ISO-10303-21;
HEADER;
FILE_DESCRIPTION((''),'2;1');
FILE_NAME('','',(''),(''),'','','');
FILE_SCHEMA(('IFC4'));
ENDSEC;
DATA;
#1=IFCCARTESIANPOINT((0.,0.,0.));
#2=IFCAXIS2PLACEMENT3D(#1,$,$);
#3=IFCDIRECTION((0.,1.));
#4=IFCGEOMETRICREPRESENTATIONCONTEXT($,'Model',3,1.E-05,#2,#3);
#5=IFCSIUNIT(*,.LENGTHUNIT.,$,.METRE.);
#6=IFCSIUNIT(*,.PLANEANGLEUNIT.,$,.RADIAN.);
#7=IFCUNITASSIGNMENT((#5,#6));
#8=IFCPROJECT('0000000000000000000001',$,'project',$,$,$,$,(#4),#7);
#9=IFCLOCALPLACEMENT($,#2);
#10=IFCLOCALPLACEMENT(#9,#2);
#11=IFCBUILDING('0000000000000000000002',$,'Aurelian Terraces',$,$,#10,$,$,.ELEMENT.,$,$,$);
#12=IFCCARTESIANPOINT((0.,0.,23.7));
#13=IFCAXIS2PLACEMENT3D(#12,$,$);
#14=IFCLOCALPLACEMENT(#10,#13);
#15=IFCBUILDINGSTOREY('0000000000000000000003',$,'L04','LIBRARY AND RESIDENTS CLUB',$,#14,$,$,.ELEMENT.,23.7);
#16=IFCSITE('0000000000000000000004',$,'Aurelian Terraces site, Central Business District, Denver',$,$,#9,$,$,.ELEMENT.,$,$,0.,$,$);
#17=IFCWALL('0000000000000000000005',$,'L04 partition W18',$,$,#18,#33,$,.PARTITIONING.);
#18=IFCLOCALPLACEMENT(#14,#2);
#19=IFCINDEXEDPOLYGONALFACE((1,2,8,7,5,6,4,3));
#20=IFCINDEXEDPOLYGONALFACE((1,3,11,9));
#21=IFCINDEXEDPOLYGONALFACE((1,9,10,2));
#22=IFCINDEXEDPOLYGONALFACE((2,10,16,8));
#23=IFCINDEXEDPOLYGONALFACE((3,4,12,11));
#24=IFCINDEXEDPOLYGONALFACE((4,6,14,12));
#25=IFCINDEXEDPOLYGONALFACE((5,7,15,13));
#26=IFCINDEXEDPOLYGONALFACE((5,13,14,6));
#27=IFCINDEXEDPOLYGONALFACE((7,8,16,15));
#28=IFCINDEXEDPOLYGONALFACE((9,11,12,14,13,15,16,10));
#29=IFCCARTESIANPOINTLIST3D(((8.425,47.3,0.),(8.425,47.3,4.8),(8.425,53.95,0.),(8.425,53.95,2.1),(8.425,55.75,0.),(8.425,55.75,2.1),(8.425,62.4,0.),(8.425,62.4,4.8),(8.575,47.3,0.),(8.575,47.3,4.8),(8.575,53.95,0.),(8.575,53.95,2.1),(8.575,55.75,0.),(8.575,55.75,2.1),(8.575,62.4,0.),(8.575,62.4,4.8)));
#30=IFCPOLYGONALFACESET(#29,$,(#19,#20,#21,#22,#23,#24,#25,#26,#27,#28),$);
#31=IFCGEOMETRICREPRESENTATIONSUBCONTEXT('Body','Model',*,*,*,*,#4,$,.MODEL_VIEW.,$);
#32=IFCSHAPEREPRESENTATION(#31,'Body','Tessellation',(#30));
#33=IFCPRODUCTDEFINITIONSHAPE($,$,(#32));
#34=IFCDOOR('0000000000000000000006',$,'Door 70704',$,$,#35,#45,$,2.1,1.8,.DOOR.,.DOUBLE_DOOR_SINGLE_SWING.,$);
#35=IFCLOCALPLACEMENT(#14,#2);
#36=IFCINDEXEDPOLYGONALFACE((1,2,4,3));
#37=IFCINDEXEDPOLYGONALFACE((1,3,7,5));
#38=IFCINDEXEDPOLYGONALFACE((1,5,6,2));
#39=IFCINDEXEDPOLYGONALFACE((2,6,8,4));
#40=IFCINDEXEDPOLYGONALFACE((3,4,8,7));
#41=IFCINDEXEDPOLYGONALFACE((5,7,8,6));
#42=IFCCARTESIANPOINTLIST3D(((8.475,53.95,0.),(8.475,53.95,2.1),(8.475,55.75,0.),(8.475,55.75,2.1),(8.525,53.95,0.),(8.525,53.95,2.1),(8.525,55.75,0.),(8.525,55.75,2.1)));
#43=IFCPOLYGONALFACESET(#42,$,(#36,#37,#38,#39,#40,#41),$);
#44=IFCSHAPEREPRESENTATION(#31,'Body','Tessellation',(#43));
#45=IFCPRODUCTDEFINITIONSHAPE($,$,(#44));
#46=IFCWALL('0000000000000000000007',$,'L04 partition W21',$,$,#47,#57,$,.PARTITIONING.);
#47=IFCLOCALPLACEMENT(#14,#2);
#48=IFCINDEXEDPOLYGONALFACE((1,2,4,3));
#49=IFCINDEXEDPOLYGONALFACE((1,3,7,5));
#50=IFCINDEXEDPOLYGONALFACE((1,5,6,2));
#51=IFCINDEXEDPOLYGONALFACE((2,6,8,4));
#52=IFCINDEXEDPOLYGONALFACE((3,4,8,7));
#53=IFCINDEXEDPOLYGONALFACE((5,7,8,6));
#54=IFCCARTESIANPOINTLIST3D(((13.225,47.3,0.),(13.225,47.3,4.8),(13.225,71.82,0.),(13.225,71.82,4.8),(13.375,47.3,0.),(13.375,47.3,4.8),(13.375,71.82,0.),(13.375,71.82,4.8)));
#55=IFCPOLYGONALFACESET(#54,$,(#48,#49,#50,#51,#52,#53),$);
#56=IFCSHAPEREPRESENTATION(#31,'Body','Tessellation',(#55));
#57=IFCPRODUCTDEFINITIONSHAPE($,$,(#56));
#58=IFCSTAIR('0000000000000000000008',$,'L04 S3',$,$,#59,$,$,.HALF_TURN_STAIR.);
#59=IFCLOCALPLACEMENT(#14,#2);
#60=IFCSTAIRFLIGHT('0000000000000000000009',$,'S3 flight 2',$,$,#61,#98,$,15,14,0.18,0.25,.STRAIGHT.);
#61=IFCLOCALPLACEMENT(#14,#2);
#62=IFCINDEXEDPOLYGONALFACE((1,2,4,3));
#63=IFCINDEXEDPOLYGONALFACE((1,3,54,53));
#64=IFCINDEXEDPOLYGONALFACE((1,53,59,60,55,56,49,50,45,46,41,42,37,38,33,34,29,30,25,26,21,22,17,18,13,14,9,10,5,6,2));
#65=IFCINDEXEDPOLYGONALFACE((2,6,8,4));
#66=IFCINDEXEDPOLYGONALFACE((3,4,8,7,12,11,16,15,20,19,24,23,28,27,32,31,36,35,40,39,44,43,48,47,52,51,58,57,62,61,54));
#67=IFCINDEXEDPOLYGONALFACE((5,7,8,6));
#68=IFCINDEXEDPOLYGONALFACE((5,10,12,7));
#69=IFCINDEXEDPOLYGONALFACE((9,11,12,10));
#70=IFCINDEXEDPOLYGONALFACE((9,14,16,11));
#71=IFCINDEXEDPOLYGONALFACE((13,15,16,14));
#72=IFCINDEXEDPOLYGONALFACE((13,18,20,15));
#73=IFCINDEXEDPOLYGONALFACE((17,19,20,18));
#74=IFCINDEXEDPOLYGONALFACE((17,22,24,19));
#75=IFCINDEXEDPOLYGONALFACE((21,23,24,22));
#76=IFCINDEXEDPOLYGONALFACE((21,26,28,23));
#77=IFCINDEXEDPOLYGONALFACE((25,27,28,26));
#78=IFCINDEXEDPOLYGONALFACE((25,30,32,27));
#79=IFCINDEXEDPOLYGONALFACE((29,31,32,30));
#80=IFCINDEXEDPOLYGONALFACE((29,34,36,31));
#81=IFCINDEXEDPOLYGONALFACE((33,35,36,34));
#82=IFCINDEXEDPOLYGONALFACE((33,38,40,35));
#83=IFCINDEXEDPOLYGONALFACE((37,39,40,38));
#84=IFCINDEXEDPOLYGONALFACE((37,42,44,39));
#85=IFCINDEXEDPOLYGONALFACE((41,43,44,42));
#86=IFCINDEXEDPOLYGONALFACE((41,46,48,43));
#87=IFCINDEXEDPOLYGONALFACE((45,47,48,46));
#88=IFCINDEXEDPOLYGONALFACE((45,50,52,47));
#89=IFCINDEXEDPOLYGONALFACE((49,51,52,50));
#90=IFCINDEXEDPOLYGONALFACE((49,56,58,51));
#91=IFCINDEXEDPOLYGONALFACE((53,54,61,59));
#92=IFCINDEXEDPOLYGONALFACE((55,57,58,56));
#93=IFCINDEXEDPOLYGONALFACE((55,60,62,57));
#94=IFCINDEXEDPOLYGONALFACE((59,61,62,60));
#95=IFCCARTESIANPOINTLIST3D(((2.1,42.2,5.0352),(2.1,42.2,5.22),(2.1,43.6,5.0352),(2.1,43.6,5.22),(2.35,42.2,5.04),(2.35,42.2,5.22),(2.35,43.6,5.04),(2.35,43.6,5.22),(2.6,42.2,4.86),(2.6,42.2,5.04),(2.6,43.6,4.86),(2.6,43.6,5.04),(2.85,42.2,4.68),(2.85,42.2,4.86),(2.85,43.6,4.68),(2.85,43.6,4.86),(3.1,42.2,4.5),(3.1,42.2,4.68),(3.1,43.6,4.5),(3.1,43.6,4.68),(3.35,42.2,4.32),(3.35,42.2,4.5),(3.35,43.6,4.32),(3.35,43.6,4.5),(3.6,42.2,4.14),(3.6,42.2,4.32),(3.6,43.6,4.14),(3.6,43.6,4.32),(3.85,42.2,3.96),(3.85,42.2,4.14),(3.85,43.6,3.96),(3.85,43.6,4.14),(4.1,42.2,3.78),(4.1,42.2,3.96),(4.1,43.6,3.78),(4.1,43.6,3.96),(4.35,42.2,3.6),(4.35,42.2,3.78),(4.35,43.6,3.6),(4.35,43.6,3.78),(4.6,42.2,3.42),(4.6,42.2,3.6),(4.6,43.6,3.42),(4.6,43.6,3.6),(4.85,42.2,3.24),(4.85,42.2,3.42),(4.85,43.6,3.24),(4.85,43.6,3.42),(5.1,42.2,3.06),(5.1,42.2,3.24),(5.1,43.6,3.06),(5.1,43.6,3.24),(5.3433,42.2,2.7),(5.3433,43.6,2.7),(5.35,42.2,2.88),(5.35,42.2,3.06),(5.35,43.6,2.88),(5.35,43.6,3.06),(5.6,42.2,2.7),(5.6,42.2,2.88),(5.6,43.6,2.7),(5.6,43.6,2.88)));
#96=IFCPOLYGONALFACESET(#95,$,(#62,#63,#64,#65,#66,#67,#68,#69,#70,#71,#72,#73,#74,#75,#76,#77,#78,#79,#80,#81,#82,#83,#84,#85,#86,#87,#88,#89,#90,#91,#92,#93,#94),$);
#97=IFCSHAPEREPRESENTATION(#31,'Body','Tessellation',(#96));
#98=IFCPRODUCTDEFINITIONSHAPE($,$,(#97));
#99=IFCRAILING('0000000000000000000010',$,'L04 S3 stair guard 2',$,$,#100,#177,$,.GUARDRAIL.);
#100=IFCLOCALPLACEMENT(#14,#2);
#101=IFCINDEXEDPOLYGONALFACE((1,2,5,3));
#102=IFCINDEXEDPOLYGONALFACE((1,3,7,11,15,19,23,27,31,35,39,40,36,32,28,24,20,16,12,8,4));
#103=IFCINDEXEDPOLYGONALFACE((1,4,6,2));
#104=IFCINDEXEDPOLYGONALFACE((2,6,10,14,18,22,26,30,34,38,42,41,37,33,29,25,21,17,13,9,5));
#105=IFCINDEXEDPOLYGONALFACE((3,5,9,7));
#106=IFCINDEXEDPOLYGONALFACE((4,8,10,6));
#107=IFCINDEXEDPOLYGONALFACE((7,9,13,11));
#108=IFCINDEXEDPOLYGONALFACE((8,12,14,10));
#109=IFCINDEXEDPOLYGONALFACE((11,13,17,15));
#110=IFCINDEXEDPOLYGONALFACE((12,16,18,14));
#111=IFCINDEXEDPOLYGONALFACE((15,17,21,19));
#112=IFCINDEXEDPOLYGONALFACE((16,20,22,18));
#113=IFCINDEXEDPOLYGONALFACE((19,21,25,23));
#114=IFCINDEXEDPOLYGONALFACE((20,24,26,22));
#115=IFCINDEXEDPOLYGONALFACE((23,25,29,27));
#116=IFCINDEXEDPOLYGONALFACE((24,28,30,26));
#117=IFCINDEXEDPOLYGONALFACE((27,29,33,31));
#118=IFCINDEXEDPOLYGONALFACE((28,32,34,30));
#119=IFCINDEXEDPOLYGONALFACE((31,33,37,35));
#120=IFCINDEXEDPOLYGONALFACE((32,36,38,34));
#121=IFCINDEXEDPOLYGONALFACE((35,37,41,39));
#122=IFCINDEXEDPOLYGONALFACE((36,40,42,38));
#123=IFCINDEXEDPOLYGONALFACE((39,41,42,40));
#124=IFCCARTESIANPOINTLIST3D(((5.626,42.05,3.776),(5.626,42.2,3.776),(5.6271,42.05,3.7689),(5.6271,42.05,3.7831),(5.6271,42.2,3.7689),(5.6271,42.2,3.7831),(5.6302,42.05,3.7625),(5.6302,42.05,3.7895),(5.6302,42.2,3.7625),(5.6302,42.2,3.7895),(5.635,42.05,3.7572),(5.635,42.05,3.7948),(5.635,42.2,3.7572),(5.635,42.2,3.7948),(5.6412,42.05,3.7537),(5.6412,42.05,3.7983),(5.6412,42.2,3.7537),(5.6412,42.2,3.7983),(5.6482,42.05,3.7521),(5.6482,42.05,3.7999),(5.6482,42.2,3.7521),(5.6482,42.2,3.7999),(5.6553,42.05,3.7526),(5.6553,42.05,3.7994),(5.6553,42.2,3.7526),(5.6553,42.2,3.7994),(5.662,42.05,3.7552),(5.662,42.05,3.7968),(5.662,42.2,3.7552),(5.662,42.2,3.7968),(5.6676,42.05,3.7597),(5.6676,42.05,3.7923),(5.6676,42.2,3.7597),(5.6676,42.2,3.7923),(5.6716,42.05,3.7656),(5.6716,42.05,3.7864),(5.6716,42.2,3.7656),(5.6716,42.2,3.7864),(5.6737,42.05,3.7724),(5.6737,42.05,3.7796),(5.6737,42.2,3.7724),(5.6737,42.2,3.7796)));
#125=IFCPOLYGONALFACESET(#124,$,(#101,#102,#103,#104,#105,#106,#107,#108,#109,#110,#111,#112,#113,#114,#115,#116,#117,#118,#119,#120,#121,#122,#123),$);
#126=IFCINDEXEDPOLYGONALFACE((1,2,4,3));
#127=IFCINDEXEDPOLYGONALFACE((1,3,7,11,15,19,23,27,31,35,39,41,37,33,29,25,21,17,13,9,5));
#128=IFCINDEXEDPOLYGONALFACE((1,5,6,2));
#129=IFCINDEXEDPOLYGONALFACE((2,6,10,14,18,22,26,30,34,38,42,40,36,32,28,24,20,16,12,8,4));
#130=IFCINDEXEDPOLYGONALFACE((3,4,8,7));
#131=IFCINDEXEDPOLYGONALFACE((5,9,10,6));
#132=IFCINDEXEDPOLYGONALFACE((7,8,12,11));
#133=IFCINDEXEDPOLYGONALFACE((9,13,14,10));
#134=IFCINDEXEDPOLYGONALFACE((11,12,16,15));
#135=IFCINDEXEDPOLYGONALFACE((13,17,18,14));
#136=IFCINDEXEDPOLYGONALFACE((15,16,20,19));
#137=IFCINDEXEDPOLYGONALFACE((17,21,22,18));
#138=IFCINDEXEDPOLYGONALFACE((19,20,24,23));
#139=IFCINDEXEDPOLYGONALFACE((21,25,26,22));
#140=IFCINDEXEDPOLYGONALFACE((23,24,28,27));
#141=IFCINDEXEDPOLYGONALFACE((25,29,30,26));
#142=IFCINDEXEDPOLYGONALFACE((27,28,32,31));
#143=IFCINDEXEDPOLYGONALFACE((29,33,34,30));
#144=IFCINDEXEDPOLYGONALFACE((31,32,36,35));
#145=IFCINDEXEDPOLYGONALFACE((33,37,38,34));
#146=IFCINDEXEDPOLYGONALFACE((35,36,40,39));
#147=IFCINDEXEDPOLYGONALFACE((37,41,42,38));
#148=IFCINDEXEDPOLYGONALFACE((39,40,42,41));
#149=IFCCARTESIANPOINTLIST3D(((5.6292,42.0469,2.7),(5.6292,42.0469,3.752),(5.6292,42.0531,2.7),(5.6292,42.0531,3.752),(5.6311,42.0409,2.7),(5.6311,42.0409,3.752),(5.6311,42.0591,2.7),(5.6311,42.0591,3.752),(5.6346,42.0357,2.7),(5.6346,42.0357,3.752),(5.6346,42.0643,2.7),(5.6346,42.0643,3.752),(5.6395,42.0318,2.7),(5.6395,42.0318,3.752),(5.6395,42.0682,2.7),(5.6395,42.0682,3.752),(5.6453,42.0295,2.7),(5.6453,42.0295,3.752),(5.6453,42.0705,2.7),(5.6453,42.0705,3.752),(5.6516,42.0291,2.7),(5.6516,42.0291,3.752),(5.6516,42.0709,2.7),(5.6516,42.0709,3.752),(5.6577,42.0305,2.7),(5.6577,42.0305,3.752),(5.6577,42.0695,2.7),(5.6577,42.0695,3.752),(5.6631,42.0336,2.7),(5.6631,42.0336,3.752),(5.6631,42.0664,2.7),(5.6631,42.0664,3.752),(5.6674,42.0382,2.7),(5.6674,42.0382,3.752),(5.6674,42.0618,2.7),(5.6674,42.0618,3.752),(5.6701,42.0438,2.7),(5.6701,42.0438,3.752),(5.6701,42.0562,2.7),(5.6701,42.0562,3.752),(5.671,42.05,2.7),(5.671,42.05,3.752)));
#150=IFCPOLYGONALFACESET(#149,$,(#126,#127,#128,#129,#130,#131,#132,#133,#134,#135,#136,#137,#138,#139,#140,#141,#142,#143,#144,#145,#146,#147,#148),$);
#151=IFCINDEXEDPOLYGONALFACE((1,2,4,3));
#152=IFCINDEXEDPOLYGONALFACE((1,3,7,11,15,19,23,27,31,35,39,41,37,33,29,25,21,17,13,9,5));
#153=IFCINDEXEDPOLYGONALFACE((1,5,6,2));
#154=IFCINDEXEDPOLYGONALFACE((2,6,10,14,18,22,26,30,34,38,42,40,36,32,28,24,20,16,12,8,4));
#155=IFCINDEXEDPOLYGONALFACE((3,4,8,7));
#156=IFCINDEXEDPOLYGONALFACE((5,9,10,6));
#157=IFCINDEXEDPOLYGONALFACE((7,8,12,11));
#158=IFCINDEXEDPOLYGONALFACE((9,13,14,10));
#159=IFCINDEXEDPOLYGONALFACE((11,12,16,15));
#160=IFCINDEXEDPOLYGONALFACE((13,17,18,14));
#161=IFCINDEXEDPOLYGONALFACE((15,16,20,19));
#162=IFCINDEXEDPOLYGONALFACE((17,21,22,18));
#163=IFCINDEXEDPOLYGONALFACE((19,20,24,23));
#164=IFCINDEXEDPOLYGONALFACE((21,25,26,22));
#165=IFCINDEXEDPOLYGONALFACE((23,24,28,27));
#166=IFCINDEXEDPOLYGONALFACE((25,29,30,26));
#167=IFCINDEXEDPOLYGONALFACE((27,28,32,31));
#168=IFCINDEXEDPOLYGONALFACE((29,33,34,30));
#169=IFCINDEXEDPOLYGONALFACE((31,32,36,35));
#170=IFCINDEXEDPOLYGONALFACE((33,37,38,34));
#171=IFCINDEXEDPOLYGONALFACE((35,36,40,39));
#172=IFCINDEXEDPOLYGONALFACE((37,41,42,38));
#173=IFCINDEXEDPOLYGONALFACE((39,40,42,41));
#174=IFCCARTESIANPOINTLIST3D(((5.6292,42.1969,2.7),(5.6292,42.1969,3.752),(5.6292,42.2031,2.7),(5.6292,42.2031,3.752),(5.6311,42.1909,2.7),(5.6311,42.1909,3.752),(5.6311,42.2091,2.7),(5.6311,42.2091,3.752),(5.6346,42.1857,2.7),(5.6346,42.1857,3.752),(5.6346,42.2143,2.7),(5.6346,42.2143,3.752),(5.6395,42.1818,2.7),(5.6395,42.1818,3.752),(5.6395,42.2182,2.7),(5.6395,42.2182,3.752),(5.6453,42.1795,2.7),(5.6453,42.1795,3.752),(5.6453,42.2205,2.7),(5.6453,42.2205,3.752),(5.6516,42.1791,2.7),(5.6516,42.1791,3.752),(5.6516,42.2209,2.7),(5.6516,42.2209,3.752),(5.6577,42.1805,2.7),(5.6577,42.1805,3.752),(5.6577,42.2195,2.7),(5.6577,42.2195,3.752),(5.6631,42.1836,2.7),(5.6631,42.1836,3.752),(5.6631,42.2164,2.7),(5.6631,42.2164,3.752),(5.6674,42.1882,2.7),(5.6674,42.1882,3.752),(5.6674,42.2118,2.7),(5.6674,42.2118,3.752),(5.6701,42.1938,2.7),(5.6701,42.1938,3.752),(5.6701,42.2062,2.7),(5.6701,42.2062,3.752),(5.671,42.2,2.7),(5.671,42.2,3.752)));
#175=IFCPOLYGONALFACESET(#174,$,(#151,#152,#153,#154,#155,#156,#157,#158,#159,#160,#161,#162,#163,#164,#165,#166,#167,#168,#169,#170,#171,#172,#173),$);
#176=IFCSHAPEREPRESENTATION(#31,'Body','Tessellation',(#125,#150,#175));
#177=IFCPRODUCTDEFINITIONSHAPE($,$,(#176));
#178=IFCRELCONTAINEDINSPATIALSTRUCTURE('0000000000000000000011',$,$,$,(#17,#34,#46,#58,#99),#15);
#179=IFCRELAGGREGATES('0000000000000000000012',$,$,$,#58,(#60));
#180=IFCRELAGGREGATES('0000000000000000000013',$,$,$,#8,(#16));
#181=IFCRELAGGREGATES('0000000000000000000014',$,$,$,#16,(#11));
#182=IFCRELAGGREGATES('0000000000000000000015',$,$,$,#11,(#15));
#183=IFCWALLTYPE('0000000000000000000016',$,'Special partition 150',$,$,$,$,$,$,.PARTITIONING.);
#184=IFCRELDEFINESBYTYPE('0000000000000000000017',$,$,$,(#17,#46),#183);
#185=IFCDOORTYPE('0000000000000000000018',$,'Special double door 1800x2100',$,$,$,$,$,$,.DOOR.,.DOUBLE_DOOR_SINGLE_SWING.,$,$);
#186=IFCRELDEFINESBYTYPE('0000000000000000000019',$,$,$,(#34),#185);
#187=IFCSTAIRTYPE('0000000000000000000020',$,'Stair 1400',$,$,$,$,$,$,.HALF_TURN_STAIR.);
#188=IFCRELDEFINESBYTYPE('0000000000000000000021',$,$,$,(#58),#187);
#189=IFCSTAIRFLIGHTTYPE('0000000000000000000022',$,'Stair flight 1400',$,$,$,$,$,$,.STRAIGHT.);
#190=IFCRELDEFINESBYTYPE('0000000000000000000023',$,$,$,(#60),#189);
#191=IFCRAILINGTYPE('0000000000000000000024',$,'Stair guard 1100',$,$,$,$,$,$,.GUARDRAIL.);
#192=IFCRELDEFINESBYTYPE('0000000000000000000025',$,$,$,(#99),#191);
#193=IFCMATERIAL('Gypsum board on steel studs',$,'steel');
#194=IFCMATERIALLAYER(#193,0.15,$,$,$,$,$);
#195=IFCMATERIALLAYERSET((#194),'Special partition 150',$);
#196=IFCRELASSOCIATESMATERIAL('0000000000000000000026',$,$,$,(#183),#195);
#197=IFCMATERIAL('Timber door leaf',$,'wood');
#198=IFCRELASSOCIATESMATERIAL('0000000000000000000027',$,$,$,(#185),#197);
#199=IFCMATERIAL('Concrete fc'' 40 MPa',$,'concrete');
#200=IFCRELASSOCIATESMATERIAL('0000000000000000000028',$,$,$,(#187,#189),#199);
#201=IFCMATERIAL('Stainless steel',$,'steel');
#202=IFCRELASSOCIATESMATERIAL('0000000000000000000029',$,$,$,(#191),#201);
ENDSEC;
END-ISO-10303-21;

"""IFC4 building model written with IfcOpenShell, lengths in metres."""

from ifc_helpers import new_model, si_unit, direction, frame, frame_2d, origin, origin_2d, place, context, subcontext, project, spatial, polyline, rectangle, circle, outline, extrude, source, transform, mapped, material, layer, layer_set, type_object, element, fill, aggregate, save


model = new_model("IFC4")

# Units and contexts
model_context = context("Model", 3, precision=1e-05, world=origin(), true_north=direction((0.0, 1.0)))
body_context = subcontext(model_context, "Body", "Model", "MODEL_VIEW")
ifc_project = project(units=[si_unit("LENGTHUNIT", "METRE"), si_unit("PLANEANGLEUNIT", "RADIAN")], contexts=[model_context])

# Site, building, storey
site_placement = place(None, origin())
site = spatial("IfcSite", under=ifc_project, at=site_placement, Name="Aurelian Terraces site, Central Business District, Denver", CompositionType="ELEMENT", RefElevation=0.0)
building_placement = place(site_placement, origin())
building = spatial("IfcBuilding", under=site, at=building_placement, Name="Aurelian Terraces", CompositionType="ELEMENT")
storey_placement = place(building_placement, frame((0.0, 0.0, 23.7)))
storey = spatial("IfcBuildingStorey", under=building, at=storey_placement, Name="L04", Description="LIBRARY AND RESIDENTS CLUB", CompositionType="ELEMENT", Elevation=23.7)

# Shared definitions
ifc_material_1 = material(Name="Concrete fc' 40 MPa", Category="concrete")
ifc_material_2 = material(Name="Gypsum board on steel studs", Category="steel")
ifc_layer_1 = layer(ifc_material_2, 0.15)
ifc_layer_set_1 = layer_set([ifc_layer_1], Name="Special partition 150")
wall_type_1 = type_object("IfcWallType", Name="Special partition 150", PredefinedType="PARTITIONING", material=ifc_layer_set_1)

# Shared definitions
shared_shape_1 = source(origin(), body_context, "Body", "SweptSolid", [
    extrude(rectangle(XDim=1.8, YDim=2.1, at=frame_2d((0.9, 1.05))), frame((0.0, 0.085, 0.0), z_axis=(0.0, -1.0, 0.0), x_axis=(1.0, 0.0, 0.0)), (0.0, 0.0, 1.0), 0.17),
])
ifc_material_3 = material(Name="Timber door leaf", Category="wood")
door_type = type_object("IfcDoorType", Name="Special double door 1800x2100", OperationType="DOUBLE_DOOR_SINGLE_SWING", PredefinedType="DOOR", material=ifc_material_3)
shared_shape_2 = source(origin(), body_context, "Body", "SweptSolid", [
    extrude(rectangle(XDim=1.8, YDim=2.1, at=frame_2d((0.9, 1.05))), frame((0.0, 0.025, 0.0), z_axis=(0.0, -1.0, 0.0), x_axis=(1.0, 0.0, 0.0)), (0.0, 0.0, 1.0), 0.05),
])

# Wall, opening, door
shared_shape_3 = source(origin(), body_context, "Body", "SweptSolid", [
    extrude(rectangle(XDim=15.1, YDim=0.15, at=frame_2d((7.55, 0.0))), origin(), (0.0, 0.0, 1.0), 4.8),
])
wall_1_placement = place(storey_placement, frame((8.5, 47.3, 0.0), z_axis=(0.0, 0.0, 1.0), x_axis=(0.0, 1.0, 0.0)))
wall_1 = element("IfcWall", 1, at=wall_1_placement, inside=storey, type_object=wall_type_1, Name="L04 partition W18", PredefinedType="PARTITIONING", context=body_context, shape_type="MappedRepresentation", body=[
    mapped(shared_shape_3, transform((0.0, 0.0, 0.0), scale=1.0)),
])
opening_1_placement = place(wall_1_placement, frame((6.65, 0.0, 0.0)))
opening_1 = element("IfcOpeningElement", 2, at=opening_1_placement, cuts=wall_1, PredefinedType="OPENING", context=body_context, shape_type="MappedRepresentation", body=[
    mapped(shared_shape_1, transform((0.0, 0.0, 0.0), scale=1.0)),
])
door_1_placement = place(opening_1_placement, origin())
door_1 = element("IfcDoor", 3, at=door_1_placement, inside=storey, type_object=door_type, Name="Door 70704", OperationType="DOUBLE_DOOR_SINGLE_SWING", OverallHeight=2.1, OverallWidth=1.8, PredefinedType="DOOR", context=body_context, shape_type="MappedRepresentation", body=[
    mapped(shared_shape_2, transform((0.0, 0.0, 0.0), scale=1.0)),
])
fill(opening_1, door_1)

# Wall
shared_shape_4 = source(origin(), body_context, "Body", "SweptSolid", [
    extrude(rectangle(XDim=24.52, YDim=0.15, at=frame_2d((12.26, 0.0))), origin(), (0.0, 0.0, 1.0), 4.8),
])
wall_2_placement = place(storey_placement, frame((13.3, 47.3, 0.0), z_axis=(0.0, 0.0, 1.0), x_axis=(0.0, 1.0, 0.0)))
element("IfcWall", 4, at=wall_2_placement, inside=storey, type_object=wall_type_1, Name="L04 partition W21", PredefinedType="PARTITIONING", context=body_context, shape_type="MappedRepresentation", body=[
    mapped(shared_shape_4, transform((0.0, 0.0, 0.0), scale=1.0)),
])

# Stair, stair flight
stair_type = type_object("IfcStairType", Name="Stair 1400", PredefinedType="HALF_TURN_STAIR", material=ifc_material_1)
stair_placement = place(storey_placement, origin())
stair = element("IfcStair", 5, at=stair_placement, inside=storey, type_object=stair_type, Name="L04 S3", PredefinedType="HALF_TURN_STAIR")
stair_flight_type = type_object("IfcStairFlightType", Name="Stair flight 1400", PredefinedType="STRAIGHT", material=ifc_material_1)
shared_shape_5 = source(origin(), body_context, "Body", "SweptSolid", [
    extrude(outline(polyline([(0.0, 0.0), (0.0, 0.18), (0.25, 0.18), (0.25, 0.36), (0.5, 0.36), (0.5, 0.54), (0.75, 0.54), (0.75, 0.72), (1.0, 0.72), (1.0, 0.9), (1.25, 0.9), (1.25, 1.08), (1.5, 1.08), (1.5, 1.26), (1.75, 1.26), (1.75, 1.44), (2.0, 1.44), (2.0, 1.62), (2.25, 1.62), (2.25, 1.8), (2.5, 1.8), (2.5, 1.98), (2.75, 1.98), (2.75, 2.16), (3.0, 2.16), (3.0, 2.34), (3.25, 2.34), (3.25, 2.52), (3.5, 2.52), (3.5, 2.7), (3.5, 2.3352), (0.2567, 0.0), (0.0, 0.0)])), frame((0.0, 0.7, 0.0), z_axis=(0.0, -1.0, 0.0), x_axis=(1.0, 0.0, 0.0)), (0.0, 0.0, 1.0), 1.4),
])
stair_flight_placement = place(storey_placement, frame((5.6, 42.9, 2.7), z_axis=(0.0, 0.0, 1.0), x_axis=(-1.0, 0.0, 0.0)))
stair_flight = element("IfcStairFlight", 6, at=stair_flight_placement, type_object=stair_flight_type, Name="S3 flight 2", NumberOfRisers=15, NumberOfTreads=14, PredefinedType="STRAIGHT", RiserHeight=0.18, TreadLength=0.25, context=body_context, shape_type="MappedRepresentation", body=[
    mapped(shared_shape_5, transform((0.0, 0.0, 0.0), scale=1.0)),
])
aggregate(stair, [stair_flight])

# Railing
ifc_material_4 = material(Name="Stainless steel", Category="steel")
railing_type_1 = type_object("IfcRailingType", Name="Stair guard 1100", PredefinedType="GUARDRAIL", material=ifc_material_4)
shared_shape_6 = source(origin(), body_context, "Body", "SweptSolid", [
    extrude(circle(Radius=0.024, at=origin_2d()), frame((0.0, 0.0, 1.076), z_axis=(0.0, 1.0, 0.0), x_axis=(-1.0, 0.0, 0.0)), (0.0, 0.0, 1.0), 0.15),
    extrude(circle(Radius=0.021, at=origin_2d()), origin(), (0.0, 0.0, 1.0), 1.052),
    extrude(circle(Radius=0.021, at=origin_2d()), frame((0.0, 0.15, 0.0)), (0.0, 0.0, 1.0), 1.052),
])
for number, where, name in (
    (7, (5.65, 42.05, 2.7), "L04 S3 stair guard 2"),
):
    element("IfcRailing", number, at=place(storey_placement, frame(where)), inside=storey, type_object=railing_type_1, Name=name, PredefinedType="GUARDRAIL", context=body_context, shape_type="MappedRepresentation", body=[
        mapped(shared_shape_6, transform((0.0, 0.0, 0.0), scale=1.0)),
    ])

save(model, "model.ifc")
